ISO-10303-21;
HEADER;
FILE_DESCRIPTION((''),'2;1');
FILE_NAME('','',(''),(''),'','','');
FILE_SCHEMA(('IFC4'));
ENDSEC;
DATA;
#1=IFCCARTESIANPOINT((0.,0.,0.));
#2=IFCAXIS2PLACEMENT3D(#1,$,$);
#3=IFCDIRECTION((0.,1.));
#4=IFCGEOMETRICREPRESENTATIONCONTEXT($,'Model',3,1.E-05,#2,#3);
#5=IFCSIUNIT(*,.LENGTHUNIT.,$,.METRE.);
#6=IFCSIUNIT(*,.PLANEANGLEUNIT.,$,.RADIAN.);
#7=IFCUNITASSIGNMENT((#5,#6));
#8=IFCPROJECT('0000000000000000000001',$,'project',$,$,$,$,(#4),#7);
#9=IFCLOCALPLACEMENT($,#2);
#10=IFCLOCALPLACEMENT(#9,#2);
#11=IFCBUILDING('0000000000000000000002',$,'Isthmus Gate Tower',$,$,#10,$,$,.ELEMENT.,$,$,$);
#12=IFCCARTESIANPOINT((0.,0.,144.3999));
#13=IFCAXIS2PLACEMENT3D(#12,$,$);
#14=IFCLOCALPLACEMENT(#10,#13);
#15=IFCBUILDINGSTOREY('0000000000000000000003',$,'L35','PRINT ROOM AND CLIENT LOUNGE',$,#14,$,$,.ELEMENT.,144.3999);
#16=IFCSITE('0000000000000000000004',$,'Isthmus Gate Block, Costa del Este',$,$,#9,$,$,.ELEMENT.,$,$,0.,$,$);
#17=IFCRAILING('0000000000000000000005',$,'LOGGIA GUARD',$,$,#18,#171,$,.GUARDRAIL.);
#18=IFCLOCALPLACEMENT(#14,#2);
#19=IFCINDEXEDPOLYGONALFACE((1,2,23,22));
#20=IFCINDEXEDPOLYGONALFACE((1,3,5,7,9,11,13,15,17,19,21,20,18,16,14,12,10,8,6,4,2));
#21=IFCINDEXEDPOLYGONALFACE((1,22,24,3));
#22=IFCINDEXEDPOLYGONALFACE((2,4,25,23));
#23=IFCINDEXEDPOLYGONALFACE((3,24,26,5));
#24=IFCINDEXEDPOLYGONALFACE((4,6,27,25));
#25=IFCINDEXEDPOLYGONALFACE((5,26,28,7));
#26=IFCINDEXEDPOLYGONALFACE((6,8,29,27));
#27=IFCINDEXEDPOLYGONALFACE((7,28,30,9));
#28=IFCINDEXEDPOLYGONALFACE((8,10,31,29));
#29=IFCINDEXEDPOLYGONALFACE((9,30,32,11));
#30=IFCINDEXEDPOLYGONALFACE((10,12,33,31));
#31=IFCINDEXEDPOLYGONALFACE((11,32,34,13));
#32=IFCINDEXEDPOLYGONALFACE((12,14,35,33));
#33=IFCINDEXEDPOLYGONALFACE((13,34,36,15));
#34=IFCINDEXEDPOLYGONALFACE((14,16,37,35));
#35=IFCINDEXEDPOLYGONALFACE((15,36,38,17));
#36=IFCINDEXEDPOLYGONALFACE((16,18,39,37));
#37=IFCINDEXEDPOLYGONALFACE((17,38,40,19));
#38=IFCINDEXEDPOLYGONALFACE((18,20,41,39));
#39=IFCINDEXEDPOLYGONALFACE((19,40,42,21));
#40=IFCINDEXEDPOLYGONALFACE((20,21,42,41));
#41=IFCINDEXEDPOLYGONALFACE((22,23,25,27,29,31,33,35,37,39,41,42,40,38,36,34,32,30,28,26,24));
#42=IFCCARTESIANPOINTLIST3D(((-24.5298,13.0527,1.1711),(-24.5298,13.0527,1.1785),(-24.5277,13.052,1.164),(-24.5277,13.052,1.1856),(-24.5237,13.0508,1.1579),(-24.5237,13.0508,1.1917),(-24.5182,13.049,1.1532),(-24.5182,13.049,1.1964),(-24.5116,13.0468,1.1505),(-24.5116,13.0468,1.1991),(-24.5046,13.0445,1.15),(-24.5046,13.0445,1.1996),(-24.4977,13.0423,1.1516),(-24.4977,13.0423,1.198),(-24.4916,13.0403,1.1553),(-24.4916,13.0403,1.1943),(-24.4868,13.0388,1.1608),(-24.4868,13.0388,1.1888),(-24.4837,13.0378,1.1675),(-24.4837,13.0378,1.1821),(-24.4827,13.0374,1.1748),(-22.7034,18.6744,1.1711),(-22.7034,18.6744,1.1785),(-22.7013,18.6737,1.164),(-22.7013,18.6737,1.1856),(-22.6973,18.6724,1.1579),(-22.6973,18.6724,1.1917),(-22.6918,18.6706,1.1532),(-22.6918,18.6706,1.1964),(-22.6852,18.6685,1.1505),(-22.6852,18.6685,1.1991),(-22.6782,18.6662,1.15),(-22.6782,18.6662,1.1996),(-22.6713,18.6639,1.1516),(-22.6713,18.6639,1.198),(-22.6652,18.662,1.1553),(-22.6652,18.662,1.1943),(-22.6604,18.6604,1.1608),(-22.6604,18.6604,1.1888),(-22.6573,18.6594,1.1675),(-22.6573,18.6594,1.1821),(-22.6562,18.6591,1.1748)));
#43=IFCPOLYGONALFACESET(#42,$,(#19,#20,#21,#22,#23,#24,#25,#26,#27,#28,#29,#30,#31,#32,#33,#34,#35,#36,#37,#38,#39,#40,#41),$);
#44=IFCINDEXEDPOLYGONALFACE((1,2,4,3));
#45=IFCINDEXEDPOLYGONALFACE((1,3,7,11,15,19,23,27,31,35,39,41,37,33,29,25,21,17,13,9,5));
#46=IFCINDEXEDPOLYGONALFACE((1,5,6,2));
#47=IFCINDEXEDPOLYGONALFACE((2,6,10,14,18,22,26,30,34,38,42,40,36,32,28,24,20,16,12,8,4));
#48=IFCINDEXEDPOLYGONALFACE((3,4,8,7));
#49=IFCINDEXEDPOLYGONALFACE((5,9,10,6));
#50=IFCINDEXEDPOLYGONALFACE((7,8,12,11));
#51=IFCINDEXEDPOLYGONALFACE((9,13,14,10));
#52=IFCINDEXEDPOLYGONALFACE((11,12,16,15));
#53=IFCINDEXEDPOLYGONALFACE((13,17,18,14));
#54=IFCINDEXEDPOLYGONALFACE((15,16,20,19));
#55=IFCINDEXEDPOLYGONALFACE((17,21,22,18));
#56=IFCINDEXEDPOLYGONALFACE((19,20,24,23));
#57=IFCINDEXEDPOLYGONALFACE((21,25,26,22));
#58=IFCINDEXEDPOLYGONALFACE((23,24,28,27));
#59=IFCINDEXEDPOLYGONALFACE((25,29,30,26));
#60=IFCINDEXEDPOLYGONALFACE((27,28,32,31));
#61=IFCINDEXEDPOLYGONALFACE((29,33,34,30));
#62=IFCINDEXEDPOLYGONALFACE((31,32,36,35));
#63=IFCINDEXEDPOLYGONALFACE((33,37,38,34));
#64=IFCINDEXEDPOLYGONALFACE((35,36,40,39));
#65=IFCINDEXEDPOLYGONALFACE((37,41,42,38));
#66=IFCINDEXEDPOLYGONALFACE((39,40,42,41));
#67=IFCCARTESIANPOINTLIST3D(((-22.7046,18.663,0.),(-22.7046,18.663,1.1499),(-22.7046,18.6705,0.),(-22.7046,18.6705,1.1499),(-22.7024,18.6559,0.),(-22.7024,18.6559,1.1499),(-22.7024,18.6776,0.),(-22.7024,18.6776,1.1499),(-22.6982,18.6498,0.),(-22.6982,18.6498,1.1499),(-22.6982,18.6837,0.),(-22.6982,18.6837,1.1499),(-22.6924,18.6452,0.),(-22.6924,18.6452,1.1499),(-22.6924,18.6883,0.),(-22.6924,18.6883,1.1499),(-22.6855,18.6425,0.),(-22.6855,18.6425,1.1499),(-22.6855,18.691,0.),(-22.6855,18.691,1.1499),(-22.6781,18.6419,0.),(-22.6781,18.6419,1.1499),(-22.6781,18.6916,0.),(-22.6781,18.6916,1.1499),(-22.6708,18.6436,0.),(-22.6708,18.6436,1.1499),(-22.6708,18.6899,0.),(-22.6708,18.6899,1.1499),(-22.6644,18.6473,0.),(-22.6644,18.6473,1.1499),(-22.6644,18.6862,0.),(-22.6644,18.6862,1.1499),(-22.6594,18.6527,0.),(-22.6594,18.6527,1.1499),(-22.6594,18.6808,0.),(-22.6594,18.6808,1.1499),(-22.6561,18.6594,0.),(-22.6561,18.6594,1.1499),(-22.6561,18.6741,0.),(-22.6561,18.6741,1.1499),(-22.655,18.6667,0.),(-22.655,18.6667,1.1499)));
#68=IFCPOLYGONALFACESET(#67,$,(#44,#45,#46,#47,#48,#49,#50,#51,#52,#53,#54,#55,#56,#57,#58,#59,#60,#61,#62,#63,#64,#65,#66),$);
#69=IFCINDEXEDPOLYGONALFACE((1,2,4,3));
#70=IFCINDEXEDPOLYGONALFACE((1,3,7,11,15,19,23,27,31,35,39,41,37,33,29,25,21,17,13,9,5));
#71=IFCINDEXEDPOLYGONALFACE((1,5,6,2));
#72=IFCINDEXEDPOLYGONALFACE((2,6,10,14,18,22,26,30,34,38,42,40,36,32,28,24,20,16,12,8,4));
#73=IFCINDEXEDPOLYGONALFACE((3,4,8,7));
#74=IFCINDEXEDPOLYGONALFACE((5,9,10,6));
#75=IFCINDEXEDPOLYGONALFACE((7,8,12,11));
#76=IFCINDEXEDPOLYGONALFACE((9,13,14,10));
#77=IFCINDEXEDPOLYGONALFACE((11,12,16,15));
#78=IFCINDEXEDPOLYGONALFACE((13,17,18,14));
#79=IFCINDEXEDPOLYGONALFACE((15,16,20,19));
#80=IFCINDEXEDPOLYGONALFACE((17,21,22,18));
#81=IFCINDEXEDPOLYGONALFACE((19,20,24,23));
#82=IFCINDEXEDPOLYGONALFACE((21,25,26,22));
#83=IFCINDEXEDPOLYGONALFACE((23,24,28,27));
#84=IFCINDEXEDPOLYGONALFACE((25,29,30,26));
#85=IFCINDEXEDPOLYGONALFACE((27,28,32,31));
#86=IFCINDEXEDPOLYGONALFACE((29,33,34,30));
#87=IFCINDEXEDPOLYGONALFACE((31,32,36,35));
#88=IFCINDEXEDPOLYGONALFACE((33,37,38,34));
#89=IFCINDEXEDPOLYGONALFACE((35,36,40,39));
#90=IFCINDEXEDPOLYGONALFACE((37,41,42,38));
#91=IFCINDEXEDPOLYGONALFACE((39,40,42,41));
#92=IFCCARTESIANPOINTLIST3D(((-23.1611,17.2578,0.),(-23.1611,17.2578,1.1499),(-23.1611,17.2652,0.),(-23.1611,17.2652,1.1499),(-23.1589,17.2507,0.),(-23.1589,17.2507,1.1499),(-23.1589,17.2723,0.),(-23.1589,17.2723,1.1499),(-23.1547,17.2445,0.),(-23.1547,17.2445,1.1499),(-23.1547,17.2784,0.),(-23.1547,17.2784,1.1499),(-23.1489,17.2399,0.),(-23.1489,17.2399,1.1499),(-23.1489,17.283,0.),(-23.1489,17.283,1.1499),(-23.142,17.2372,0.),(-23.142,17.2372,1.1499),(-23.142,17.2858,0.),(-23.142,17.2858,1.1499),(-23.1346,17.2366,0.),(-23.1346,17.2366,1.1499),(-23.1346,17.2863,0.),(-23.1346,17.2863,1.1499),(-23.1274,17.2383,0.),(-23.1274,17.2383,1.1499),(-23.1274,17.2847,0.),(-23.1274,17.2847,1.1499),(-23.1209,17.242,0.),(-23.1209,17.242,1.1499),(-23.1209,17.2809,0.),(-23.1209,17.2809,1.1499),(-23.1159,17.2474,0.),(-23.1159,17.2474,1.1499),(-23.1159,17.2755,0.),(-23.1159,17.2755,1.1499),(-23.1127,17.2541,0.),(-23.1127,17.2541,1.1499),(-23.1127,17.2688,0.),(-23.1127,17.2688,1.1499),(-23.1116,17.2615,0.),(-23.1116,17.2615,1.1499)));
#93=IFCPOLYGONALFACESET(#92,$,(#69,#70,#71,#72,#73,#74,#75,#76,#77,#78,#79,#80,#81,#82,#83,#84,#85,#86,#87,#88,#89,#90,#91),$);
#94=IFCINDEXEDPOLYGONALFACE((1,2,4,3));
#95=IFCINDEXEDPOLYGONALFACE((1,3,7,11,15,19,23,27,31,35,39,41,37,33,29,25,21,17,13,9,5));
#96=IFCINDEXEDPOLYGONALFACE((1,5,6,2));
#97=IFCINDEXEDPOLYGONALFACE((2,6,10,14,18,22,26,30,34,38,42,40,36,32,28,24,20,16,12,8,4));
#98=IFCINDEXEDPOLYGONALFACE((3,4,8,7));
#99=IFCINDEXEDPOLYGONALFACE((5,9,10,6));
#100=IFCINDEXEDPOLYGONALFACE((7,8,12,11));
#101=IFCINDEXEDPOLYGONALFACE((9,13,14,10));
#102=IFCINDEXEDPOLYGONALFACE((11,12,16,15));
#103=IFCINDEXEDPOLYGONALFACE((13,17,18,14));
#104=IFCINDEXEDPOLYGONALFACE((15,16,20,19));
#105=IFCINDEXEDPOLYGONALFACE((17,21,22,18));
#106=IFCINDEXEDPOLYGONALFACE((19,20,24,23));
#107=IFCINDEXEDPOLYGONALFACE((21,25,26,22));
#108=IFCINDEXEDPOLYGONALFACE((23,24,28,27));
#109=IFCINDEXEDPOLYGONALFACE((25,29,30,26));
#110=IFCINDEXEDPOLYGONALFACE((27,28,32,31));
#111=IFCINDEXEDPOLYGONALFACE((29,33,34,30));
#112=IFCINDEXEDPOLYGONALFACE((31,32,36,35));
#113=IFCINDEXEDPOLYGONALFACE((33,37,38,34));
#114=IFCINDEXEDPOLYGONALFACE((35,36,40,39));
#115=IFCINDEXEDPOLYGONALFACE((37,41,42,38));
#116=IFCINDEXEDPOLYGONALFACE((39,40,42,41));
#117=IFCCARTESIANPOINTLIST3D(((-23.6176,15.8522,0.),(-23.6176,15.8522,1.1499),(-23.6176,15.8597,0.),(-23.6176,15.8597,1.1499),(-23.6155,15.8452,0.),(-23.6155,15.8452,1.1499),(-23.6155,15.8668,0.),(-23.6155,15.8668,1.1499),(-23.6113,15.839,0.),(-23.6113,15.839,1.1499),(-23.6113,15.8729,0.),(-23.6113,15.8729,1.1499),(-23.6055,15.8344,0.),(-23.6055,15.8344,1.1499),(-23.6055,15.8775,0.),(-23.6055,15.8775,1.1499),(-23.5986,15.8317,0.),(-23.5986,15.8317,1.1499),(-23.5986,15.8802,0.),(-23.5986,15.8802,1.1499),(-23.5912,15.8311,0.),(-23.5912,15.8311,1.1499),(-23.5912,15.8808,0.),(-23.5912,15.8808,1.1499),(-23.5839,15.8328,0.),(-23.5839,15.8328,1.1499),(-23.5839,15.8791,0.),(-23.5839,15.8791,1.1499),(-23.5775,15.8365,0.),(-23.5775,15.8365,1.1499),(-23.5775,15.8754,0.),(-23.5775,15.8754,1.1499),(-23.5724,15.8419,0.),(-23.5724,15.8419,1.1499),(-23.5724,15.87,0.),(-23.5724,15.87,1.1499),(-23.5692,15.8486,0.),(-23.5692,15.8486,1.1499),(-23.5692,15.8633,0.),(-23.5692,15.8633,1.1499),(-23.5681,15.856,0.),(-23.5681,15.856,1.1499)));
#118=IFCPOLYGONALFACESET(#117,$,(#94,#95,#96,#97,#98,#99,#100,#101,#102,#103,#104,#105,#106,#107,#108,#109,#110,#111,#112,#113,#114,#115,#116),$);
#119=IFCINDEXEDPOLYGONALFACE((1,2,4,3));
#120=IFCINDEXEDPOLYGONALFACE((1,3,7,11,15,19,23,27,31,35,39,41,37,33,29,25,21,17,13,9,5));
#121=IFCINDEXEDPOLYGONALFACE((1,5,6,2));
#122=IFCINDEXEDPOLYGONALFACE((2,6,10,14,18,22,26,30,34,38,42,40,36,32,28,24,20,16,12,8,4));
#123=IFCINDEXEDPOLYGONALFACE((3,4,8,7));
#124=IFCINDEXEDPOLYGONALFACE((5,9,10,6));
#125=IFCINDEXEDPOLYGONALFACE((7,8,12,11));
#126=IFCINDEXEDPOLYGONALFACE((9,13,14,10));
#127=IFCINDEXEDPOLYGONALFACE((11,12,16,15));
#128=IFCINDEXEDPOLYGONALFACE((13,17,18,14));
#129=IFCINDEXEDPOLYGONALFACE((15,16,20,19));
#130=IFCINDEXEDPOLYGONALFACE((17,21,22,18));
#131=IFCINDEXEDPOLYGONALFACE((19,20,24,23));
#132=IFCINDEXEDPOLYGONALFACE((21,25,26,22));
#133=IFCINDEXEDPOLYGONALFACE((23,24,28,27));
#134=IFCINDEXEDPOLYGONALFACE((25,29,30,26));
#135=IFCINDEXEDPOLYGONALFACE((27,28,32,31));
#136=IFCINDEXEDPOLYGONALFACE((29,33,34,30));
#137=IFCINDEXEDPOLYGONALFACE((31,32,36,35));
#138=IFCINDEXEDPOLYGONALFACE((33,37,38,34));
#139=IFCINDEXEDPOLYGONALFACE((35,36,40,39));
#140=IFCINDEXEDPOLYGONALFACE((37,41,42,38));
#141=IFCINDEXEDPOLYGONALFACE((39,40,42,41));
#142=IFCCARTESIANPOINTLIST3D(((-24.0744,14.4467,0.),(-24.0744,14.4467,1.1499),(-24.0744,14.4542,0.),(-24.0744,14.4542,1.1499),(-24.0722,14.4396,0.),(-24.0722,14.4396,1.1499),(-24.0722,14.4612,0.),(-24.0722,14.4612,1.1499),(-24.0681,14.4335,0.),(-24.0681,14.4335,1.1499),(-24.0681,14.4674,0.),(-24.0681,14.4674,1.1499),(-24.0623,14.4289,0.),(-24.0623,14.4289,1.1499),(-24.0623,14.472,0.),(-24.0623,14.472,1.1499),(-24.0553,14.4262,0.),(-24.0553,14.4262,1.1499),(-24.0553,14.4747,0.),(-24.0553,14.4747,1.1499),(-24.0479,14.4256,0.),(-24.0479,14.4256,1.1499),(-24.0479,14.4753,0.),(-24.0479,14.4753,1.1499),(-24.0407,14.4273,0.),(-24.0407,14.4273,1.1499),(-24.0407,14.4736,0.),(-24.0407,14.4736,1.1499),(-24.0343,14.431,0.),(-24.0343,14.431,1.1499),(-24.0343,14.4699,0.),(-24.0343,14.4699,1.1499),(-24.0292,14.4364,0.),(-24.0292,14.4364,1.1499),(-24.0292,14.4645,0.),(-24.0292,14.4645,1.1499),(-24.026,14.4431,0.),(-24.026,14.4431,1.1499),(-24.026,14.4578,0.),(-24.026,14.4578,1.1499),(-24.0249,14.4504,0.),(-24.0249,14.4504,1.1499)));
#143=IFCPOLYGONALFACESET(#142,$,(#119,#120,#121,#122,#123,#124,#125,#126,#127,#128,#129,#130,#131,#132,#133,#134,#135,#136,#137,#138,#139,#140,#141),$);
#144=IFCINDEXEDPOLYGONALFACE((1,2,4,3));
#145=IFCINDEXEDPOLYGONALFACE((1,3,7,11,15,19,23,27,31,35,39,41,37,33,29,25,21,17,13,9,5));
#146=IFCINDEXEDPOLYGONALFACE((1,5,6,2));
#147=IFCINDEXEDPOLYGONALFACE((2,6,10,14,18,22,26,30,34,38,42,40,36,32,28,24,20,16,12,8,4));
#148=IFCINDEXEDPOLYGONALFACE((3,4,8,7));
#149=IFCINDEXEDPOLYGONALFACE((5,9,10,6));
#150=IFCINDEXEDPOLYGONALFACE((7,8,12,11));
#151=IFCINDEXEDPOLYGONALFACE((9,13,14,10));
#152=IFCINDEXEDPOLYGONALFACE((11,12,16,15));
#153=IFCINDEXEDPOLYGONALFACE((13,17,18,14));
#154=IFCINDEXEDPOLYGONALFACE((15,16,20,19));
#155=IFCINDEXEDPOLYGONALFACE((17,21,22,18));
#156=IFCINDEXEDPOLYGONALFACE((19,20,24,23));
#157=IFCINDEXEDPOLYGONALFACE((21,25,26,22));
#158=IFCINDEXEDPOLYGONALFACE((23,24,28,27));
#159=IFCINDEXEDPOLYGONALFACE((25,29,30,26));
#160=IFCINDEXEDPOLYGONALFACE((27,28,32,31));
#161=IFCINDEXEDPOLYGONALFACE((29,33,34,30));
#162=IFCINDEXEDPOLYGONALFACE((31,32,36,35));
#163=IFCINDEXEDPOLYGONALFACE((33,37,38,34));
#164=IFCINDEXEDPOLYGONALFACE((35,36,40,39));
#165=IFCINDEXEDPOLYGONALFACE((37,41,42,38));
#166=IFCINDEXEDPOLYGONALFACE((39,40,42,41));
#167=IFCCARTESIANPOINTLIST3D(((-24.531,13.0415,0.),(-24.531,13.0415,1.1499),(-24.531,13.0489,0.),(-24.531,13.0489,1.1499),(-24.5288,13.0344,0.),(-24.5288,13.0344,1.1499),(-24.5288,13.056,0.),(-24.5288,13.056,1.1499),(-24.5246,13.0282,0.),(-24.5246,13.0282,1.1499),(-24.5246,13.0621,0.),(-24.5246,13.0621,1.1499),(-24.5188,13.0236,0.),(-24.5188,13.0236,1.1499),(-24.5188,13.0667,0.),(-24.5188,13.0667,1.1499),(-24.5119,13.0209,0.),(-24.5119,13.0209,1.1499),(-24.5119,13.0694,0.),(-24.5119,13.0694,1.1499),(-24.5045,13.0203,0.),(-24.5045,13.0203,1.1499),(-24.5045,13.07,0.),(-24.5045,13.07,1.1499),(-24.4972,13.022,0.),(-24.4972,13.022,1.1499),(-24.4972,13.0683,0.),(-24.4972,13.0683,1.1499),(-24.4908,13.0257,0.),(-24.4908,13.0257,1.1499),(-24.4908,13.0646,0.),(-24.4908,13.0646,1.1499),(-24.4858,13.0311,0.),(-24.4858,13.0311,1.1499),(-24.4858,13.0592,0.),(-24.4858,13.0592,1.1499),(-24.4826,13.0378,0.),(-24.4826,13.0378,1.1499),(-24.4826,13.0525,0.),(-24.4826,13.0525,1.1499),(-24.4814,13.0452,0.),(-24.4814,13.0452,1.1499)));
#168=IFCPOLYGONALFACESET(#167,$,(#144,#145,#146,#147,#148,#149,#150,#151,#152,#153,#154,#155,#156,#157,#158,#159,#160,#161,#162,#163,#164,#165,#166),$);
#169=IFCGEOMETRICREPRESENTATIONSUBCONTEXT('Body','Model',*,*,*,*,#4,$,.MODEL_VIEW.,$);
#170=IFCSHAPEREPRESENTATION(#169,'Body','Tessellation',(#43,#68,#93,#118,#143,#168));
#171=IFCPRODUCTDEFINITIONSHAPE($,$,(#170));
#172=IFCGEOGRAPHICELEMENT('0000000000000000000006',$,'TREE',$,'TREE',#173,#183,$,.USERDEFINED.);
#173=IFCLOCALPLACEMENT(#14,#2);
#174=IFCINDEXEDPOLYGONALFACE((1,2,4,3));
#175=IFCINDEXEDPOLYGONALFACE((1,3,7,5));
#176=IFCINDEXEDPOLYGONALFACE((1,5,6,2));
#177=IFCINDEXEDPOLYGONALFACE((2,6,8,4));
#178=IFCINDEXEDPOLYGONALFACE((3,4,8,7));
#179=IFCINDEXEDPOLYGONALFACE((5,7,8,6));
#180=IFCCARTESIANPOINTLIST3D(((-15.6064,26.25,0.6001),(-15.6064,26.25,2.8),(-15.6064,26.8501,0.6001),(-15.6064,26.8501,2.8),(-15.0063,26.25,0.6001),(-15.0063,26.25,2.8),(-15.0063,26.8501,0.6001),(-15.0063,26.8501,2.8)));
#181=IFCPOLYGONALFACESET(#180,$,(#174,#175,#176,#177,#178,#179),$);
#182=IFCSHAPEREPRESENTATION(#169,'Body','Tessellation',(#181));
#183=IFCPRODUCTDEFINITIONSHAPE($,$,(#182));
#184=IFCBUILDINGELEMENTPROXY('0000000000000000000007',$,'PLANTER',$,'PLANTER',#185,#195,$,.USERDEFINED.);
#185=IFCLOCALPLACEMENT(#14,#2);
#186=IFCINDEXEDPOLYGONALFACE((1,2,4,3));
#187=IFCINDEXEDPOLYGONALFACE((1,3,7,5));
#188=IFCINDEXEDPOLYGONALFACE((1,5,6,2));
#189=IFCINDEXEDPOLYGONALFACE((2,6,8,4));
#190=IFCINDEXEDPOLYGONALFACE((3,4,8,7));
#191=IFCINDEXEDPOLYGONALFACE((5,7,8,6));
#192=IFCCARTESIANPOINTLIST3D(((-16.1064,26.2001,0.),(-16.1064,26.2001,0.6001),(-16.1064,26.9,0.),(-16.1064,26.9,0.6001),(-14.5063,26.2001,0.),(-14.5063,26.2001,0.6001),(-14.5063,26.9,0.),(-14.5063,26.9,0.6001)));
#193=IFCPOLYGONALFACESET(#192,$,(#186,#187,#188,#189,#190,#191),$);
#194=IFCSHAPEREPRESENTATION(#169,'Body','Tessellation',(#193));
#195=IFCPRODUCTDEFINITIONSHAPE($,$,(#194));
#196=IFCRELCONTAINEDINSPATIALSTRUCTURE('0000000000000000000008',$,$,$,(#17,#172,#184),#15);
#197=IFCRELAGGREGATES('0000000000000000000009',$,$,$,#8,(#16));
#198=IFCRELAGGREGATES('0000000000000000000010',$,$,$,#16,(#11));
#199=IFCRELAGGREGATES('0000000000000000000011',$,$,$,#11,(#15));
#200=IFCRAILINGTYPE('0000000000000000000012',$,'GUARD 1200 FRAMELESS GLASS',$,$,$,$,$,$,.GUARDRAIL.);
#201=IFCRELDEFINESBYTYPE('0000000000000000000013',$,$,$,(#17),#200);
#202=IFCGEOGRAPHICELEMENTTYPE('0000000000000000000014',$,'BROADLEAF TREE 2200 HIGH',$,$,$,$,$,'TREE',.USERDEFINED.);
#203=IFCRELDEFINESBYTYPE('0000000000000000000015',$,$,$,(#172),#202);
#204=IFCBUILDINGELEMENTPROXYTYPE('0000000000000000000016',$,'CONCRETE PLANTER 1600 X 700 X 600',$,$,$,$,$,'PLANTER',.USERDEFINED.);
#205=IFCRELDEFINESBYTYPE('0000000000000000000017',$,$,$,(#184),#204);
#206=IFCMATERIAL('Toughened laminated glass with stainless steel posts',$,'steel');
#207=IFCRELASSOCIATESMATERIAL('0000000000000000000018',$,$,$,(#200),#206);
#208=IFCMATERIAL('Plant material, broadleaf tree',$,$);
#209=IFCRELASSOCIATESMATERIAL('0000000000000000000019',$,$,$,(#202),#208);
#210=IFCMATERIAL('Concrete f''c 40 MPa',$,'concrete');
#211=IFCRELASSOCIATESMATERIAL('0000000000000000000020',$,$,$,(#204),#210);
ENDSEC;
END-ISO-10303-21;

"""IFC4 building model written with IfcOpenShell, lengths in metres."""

from ifc_helpers import new_model, si_unit, direction, frame, origin, origin_2d, place, context, subcontext, project, spatial, rectangle, circle, extrude, material, type_object, element, save


model = new_model("IFC4")

# Units and contexts
model_context = context("Model", 3, precision=1e-05, world=origin(), true_north=direction((0.0, 1.0)))
body_context = subcontext(model_context, "Body", "Model", "MODEL_VIEW")
ifc_project = project(units=[si_unit("LENGTHUNIT", "METRE"), si_unit("PLANEANGLEUNIT", "RADIAN")], contexts=[model_context])

# Site, building, storey
site_placement = place(None, origin())
site = spatial("IfcSite", under=ifc_project, at=site_placement, Name="Isthmus Gate Block, Costa del Este", CompositionType="ELEMENT", RefElevation=0.0)
building_placement = place(site_placement, origin())
building = spatial("IfcBuilding", under=site, at=building_placement, Name="Isthmus Gate Tower", CompositionType="ELEMENT")
storey_placement = place(building_placement, frame((0.0, 0.0, 144.3999)))
storey = spatial("IfcBuildingStorey", under=building, at=storey_placement, Name="L35", Description="PRINT ROOM AND CLIENT LOUNGE", CompositionType="ELEMENT", Elevation=144.3999)

# Railing
ifc_material_1 = material(Name="Toughened laminated glass with stainless steel posts", Category="steel")
railing_type = type_object("IfcRailingType", Name="GUARD 1200 FRAMELESS GLASS", PredefinedType="GUARDRAIL", material=ifc_material_1)
railing_placement = place(storey_placement, frame((-22.6799, 18.6667, 0.0)))
element("IfcRailing", 1, at=railing_placement, inside=storey, type_object=railing_type, Name="LOGGIA GUARD", PredefinedType="GUARDRAIL", context=body_context, shape_type="SweptSolid", body=[
    extrude(circle(Radius=0.0249, at=origin_2d()), frame((0.0, 0.0, 1.1748), z_axis=(-0.308995, -0.951064, 0.0), x_axis=(0.951064, -0.308995, 0.0)), (0.0, 0.0, 1.0), 5.9109),
    extrude(circle(Radius=0.0249, at=origin_2d()), origin(), (0.0, 0.0, 1.0), 1.1499),
    extrude(circle(Radius=0.0249, at=origin_2d()), frame((-0.4565, -1.4053, 0.0)), (0.0, 0.0, 1.0), 1.1499),
    extrude(circle(Radius=0.0249, at=origin_2d()), frame((-0.9131, -2.8108, 0.0)), (0.0, 0.0, 1.0), 1.1499),
    extrude(circle(Radius=0.0249, at=origin_2d()), frame((-1.3699, -4.2163, 0.0)), (0.0, 0.0, 1.0), 1.1499),
    extrude(circle(Radius=0.0249, at=origin_2d()), frame((-1.8264, -5.6216, 0.0)), (0.0, 0.0, 1.0), 1.1499),
])

# Geographic element
ifc_material_2 = material(Name="Plant material, broadleaf tree")
geographic_element_type = type_object("IfcGeographicElementType", Name="BROADLEAF TREE 2200 HIGH", ElementType="TREE", PredefinedType="USERDEFINED", material=ifc_material_2)
geographic_element_placement = place(storey_placement, frame((-15.3064, 26.55, 0.6001), z_axis=(0.0, 0.0, 1.0), x_axis=(-1.0, 0.0, 0.0)))
element("IfcGeographicElement", 2, at=geographic_element_placement, inside=storey, type_object=geographic_element_type, Name="TREE", ObjectType="TREE", PredefinedType="USERDEFINED", context=body_context, shape_type="SweptSolid", body=[
    extrude(rectangle(XDim=0.6001, YDim=0.6001, at=origin_2d()), origin(), (0.0, 0.0, 1.0), 2.2),
])

# Building element proxy
ifc_material_3 = material(Name="Concrete f'c 40 MPa", Category="concrete")
building_element_proxy_type = type_object("IfcBuildingElementProxyType", Name="CONCRETE PLANTER 1600 X 700 X 600", ElementType="PLANTER", PredefinedType="USERDEFINED", material=ifc_material_3)
proxy_placement = place(storey_placement, frame((-15.3064, 26.55, 0.0), z_axis=(0.0, 0.0, 1.0), x_axis=(-1.0, 0.0, 0.0)))
element("IfcBuildingElementProxy", 3, at=proxy_placement, inside=storey, type_object=building_element_proxy_type, Name="PLANTER", ObjectType="PLANTER", PredefinedType="USERDEFINED", context=body_context, shape_type="SweptSolid", body=[
    extrude(rectangle(XDim=1.6001, YDim=0.7, at=origin_2d()), origin(), (0.0, 0.0, 1.0), 0.6001),
])

save(model, "model.ifc")
